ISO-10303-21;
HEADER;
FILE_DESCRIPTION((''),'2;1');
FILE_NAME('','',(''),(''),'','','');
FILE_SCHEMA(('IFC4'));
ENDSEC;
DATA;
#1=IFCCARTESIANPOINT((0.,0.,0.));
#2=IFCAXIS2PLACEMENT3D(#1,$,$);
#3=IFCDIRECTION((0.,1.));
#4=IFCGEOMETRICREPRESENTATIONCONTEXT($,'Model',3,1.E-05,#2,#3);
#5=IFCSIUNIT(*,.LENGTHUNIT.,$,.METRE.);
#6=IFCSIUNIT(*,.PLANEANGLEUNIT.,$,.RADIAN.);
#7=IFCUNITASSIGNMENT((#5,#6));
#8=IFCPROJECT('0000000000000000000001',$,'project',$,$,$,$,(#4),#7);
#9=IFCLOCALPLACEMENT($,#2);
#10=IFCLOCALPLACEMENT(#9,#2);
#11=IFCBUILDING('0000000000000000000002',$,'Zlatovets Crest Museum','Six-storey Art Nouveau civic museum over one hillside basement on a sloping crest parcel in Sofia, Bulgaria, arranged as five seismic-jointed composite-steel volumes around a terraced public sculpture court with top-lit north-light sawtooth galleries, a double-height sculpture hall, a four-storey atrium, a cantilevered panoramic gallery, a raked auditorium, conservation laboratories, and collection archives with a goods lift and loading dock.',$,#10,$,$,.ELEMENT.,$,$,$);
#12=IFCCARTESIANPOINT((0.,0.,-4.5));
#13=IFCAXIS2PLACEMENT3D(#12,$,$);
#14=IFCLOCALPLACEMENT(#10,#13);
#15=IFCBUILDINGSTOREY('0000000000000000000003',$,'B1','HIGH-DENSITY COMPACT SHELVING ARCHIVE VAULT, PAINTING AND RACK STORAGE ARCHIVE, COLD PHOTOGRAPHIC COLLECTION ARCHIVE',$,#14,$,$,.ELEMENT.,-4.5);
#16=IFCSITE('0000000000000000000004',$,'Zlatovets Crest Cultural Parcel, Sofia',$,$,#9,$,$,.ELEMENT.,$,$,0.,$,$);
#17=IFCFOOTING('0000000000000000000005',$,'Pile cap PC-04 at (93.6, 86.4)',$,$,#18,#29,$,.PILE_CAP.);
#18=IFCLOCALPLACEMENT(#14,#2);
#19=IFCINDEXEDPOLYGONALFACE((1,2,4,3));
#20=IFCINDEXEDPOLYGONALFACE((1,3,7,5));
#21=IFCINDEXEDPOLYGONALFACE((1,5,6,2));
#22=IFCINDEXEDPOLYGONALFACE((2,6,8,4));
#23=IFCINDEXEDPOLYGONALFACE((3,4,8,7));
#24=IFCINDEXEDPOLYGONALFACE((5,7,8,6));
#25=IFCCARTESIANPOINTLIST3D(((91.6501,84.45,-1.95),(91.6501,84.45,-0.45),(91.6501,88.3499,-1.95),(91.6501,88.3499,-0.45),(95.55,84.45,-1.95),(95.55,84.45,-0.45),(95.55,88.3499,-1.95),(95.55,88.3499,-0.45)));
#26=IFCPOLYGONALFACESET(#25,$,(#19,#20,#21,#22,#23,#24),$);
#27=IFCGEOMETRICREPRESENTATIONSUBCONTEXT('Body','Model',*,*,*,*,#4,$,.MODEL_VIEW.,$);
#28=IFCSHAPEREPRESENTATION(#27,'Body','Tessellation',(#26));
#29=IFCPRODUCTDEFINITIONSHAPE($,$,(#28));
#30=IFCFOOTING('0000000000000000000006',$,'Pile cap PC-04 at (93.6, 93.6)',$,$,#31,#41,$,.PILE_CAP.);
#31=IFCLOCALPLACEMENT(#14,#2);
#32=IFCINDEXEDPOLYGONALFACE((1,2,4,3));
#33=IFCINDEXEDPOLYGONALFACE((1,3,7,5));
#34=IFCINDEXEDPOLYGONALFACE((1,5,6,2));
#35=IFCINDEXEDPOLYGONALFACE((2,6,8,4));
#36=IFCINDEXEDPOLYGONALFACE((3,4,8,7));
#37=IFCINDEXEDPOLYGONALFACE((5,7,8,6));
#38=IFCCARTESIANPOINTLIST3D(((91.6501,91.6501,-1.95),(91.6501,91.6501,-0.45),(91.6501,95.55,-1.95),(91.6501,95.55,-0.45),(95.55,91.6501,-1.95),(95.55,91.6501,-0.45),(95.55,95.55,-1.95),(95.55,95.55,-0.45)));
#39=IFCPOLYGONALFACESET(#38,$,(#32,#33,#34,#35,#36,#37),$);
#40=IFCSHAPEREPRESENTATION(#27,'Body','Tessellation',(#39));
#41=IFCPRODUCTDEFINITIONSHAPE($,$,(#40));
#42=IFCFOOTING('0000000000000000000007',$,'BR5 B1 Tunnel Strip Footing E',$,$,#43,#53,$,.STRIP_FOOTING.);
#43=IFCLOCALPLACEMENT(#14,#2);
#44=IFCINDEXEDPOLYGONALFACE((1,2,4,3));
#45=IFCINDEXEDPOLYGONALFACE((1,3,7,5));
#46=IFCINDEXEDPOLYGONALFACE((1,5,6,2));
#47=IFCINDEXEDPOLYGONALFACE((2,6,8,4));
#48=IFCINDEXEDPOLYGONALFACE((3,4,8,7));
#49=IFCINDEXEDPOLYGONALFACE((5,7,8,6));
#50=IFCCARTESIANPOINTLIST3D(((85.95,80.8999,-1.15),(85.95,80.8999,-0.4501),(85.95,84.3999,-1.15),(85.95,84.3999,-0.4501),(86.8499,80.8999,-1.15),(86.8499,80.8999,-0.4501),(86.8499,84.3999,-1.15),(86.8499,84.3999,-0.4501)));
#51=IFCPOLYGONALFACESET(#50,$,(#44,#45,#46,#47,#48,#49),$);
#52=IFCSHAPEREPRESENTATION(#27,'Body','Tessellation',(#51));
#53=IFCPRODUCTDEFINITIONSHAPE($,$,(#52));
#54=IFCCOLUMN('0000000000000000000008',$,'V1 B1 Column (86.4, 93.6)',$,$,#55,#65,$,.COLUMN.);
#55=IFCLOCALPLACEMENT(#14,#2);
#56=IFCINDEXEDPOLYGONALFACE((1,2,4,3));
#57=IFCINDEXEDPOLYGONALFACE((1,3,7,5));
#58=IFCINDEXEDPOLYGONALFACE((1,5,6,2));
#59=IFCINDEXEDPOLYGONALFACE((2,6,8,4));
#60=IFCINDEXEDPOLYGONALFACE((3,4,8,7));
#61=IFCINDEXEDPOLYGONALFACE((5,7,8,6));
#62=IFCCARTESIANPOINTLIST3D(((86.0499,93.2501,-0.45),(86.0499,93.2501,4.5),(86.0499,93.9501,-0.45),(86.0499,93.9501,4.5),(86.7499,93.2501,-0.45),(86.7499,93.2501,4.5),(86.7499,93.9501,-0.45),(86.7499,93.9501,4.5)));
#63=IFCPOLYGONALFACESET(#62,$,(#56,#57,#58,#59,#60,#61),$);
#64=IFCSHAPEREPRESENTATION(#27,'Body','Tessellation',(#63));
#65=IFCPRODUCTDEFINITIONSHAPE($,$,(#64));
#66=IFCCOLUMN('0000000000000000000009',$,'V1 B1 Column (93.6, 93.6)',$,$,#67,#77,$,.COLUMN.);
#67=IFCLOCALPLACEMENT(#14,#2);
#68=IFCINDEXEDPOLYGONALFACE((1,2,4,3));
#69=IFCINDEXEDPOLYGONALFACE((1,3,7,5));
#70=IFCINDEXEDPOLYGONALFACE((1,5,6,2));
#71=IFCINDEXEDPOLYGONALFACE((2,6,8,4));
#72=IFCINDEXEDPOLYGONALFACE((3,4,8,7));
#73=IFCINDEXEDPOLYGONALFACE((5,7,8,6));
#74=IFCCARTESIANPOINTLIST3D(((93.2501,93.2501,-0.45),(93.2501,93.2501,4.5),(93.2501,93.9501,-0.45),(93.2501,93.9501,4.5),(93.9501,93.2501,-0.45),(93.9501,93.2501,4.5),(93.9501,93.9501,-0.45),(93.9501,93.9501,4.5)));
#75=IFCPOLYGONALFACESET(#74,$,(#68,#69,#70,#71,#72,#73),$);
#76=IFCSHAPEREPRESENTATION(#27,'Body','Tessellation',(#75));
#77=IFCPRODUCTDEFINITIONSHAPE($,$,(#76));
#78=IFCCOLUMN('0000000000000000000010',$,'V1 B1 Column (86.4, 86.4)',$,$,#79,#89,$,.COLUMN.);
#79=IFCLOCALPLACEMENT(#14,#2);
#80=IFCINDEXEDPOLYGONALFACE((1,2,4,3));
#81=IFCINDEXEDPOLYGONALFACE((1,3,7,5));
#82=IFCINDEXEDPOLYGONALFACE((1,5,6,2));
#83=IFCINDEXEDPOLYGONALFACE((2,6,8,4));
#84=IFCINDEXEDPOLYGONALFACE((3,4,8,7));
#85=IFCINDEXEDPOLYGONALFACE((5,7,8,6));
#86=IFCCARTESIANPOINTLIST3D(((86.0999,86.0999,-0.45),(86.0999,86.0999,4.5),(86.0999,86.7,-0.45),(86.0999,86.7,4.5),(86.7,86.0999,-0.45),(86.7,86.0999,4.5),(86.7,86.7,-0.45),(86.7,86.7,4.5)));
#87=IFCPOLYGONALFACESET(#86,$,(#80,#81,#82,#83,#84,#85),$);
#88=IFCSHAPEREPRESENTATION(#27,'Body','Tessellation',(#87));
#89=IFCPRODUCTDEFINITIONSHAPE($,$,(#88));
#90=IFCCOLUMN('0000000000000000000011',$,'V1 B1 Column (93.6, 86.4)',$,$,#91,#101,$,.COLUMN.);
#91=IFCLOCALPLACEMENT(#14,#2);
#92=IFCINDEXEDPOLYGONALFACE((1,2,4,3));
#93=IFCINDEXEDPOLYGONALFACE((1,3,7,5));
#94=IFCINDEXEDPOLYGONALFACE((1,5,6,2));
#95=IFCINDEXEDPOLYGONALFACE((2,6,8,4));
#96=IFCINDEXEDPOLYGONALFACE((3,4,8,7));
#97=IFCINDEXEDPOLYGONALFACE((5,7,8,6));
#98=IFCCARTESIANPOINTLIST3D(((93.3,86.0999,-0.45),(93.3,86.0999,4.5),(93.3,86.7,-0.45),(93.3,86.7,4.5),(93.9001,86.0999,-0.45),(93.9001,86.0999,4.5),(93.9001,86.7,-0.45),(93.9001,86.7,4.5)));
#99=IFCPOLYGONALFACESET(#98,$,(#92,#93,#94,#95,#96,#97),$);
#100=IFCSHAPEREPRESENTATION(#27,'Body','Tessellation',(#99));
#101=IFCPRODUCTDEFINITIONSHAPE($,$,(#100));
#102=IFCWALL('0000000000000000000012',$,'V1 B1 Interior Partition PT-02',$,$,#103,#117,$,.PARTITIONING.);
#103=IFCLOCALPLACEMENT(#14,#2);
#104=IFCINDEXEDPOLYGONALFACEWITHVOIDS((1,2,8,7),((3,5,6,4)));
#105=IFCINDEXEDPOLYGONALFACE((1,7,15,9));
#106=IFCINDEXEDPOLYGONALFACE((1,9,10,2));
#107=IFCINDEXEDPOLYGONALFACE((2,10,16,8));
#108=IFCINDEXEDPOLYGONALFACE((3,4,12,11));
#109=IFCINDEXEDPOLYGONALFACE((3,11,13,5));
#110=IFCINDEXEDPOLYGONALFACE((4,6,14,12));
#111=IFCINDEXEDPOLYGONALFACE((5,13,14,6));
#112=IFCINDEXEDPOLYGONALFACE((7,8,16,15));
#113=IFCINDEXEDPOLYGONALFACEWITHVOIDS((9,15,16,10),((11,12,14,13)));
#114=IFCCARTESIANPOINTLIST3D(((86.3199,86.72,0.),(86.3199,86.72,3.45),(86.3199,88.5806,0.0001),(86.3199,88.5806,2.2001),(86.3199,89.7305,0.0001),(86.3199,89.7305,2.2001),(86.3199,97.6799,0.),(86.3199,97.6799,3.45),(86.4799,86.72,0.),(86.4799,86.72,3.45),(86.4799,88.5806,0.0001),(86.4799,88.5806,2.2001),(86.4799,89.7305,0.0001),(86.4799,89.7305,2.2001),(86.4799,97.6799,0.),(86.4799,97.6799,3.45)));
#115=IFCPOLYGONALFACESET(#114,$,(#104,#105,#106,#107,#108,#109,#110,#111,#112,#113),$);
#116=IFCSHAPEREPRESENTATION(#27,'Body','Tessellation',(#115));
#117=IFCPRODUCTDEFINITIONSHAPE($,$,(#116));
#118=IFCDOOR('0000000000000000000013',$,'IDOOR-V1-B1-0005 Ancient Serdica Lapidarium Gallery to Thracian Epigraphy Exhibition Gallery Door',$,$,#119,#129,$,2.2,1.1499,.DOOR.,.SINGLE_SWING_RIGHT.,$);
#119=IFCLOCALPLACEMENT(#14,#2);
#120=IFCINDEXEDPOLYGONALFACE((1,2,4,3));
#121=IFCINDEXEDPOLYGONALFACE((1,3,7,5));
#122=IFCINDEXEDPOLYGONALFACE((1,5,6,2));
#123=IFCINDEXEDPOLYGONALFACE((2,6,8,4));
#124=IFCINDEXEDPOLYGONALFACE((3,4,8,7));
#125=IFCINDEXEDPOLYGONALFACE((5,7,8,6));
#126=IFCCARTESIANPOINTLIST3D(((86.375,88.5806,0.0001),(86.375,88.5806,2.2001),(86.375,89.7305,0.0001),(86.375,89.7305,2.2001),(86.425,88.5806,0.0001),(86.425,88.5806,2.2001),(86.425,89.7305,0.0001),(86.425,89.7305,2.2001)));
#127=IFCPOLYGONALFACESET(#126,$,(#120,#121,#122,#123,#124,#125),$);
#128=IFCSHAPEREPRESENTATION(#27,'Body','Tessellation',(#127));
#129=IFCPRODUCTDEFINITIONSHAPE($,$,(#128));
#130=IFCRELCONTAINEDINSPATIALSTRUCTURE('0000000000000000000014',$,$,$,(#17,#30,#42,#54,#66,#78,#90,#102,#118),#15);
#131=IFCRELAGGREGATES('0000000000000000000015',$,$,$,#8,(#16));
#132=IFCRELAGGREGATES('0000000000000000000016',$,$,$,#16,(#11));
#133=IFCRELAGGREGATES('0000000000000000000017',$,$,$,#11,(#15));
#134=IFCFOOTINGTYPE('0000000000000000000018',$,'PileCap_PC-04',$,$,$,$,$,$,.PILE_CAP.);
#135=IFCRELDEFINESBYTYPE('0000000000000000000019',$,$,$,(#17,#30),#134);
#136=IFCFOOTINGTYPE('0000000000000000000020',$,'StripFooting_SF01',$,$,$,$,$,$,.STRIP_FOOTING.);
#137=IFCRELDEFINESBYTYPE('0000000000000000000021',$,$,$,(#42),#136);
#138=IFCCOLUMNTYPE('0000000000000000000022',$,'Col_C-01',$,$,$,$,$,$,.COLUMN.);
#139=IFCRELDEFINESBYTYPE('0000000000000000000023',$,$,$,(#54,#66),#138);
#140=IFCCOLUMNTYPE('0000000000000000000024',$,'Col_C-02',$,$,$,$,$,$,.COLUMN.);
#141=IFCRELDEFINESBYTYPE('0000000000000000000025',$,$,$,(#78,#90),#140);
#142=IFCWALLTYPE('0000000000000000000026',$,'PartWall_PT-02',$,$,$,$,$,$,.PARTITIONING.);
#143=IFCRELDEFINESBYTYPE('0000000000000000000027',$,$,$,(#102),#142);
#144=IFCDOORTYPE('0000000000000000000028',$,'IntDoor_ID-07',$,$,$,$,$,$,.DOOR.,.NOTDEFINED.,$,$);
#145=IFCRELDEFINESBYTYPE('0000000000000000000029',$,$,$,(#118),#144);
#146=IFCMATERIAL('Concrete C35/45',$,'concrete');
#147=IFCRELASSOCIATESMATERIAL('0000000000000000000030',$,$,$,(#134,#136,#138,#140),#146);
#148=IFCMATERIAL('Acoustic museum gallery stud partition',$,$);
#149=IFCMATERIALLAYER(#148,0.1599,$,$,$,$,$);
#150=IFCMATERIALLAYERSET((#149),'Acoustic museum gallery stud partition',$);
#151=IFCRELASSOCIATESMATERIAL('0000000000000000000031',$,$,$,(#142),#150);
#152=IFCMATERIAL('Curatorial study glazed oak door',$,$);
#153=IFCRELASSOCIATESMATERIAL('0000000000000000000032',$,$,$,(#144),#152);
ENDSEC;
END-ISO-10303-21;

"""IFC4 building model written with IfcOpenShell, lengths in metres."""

from ifc_helpers import new_model, si_unit, direction, frame, frame_2d, origin, origin_2d, place, context, subcontext, project, spatial, rectangle, extrude, material, layer, layer_set, material_profile, profile_set, type_object, element, fill, save


model = new_model("IFC4")

# Units and contexts
model_context = context("Model", 3, precision=1e-05, world=origin(), true_north=direction((0.0, 1.0)))
body_context = subcontext(model_context, "Body", "Model", "MODEL_VIEW")
ifc_project = project(units=[si_unit("LENGTHUNIT", "METRE"), si_unit("PLANEANGLEUNIT", "RADIAN")], contexts=[model_context])

# Site, building, storey
site_placement = place(None, origin())
site = spatial("IfcSite", under=ifc_project, at=site_placement, Name="Zlatovets Crest Cultural Parcel, Sofia", CompositionType="ELEMENT", RefElevation=0.0)
building_placement = place(site_placement, origin())
building = spatial("IfcBuilding", under=site, at=building_placement, Name="Zlatovets Crest Museum", Description="Six-storey Art Nouveau civic museum over one hillside basement on a sloping crest parcel in Sofia, Bulgaria, arranged as five seismic-jointed composite-steel volumes around a terraced public sculpture court with top-lit north-light sawtooth galleries, a double-height sculpture hall, a four-storey atrium, a cantilevered panoramic gallery, a raked auditorium, conservation laboratories, and collection archives with a goods lift and loading dock.", CompositionType="ELEMENT")
storey_placement = place(building_placement, frame((0.0, 0.0, -4.5)))
storey = spatial("IfcBuildingStorey", under=building, at=storey_placement, Name="B1", Description="HIGH-DENSITY COMPACT SHELVING ARCHIVE VAULT, PAINTING AND RACK STORAGE ARCHIVE, COLD PHOTOGRAPHIC COLLECTION ARCHIVE", CompositionType="ELEMENT", Elevation=-4.5)

# Shared definitions
ifc_material_1 = material(Name="Concrete C35/45", Category="concrete")

# Footings
footing_type_1 = type_object("IfcFootingType", Name="PileCap_PC-04", PredefinedType="PILE_CAP", material=ifc_material_1)
for number, where, z_axis, x_axis, name in (
    (1, (93.6001, 86.3999, -1.95), (0.0, 0.0, 1.0), (1.0, 0.0, 0.0), "Pile cap PC-04 at (93.6, 86.4)"),
    (2, (93.6001, 93.6001, -1.95), (0.0, 0.0, 1.0), (1.0, 0.0, 0.0), "Pile cap PC-04 at (93.6, 93.6)"),
):
    element("IfcFooting", number, at=place(storey_placement, frame(where, z_axis=z_axis, x_axis=x_axis)), inside=storey, type_object=footing_type_1, Name=name, PredefinedType="PILE_CAP", context=body_context, shape_type="SweptSolid", body=[
        extrude(rectangle(XDim=3.8999, YDim=3.8999, at=origin_2d()), origin(), (0.0, 0.0, 1.0), 1.5),
    ])
ifc_material_profile_1 = material_profile(ifc_material_1, rectangle(XDim=0.8999, YDim=0.7, at=origin_2d()), Name="RC 900x700")
ifc_profile_set_1 = profile_set([ifc_material_profile_1], Name="Concrete C35/45")
footing_type_2 = type_object("IfcFootingType", Name="StripFooting_SF01", PredefinedType="STRIP_FOOTING", material=ifc_profile_set_1)
footing_1_placement = place(storey_placement, frame((86.3999, 80.8999, -0.8), z_axis=(0.0, 1.0, 0.0), x_axis=(-1.0, 0.0, 0.0)))
element("IfcFooting", 3, at=footing_1_placement, inside=storey, type_object=footing_type_2, Name="BR5 B1 Tunnel Strip Footing E", PredefinedType="STRIP_FOOTING", context=body_context, shape_type="SweptSolid", body=[
    extrude(rectangle(XDim=0.8999, YDim=0.7, at=origin_2d()), origin(), (0.0, 0.0, 1.0), 3.5),
])

# Columns
ifc_material_profile_2 = material_profile(ifc_material_1, rectangle(XDim=0.7, YDim=0.7, at=origin_2d()), Name="RC 700x700")
ifc_profile_set_2 = profile_set([ifc_material_profile_2], Name="Concrete C35/45")
column_type_1 = type_object("IfcColumnType", Name="Col_C-01", PredefinedType="COLUMN", material=ifc_profile_set_2)
for number, where, z_axis, x_axis, name in (
    (4, (86.3999, 93.6001, -0.45), (0.0, 0.0, 1.0), (0.0, 1.0, 0.0), "V1 B1 Column (86.4, 93.6)"),
    (5, (93.6001, 93.6001, -0.45), (0.0, 0.0, 1.0), (1.0, 0.0, 0.0), "V1 B1 Column (93.6, 93.6)"),
):
    element("IfcColumn", number, at=place(storey_placement, frame(where, z_axis=z_axis, x_axis=x_axis)), inside=storey, type_object=column_type_1, Name=name, PredefinedType="COLUMN", context=body_context, shape_type="SweptSolid", body=[
        extrude(rectangle(XDim=0.7, YDim=0.7, at=origin_2d()), origin(), (0.0, 0.0, 1.0), 4.95),
    ])
ifc_material_profile_3 = material_profile(ifc_material_1, rectangle(XDim=0.6001, YDim=0.6001, at=origin_2d()), Name="RC 600x600")
ifc_profile_set_3 = profile_set([ifc_material_profile_3], Name="Concrete C35/45")
column_type_2 = type_object("IfcColumnType", Name="Col_C-02", PredefinedType="COLUMN", material=ifc_profile_set_3)
for number, where, z_axis, x_axis, name in (
    (6, (86.3999, 86.3999, -0.45), (0.0, 0.0, 1.0), (1.0, 0.0, 0.0), "V1 B1 Column (86.4, 86.4)"),
    (7, (93.6001, 86.3999, -0.45), (0.0, 0.0, 1.0), (0.0, 1.0, 0.0), "V1 B1 Column (93.6, 86.4)"),
):
    element("IfcColumn", number, at=place(storey_placement, frame(where, z_axis=z_axis, x_axis=x_axis)), inside=storey, type_object=column_type_2, Name=name, PredefinedType="COLUMN", context=body_context, shape_type="SweptSolid", body=[
        extrude(rectangle(XDim=0.6001, YDim=0.6001, at=origin_2d()), origin(), (0.0, 0.0, 1.0), 4.95),
    ])

# Wall, opening, door
ifc_material_2 = material(Name="Acoustic museum gallery stud partition")
ifc_layer = layer(ifc_material_2, 0.1599)
ifc_layer_set = layer_set([ifc_layer], Name="Acoustic museum gallery stud partition")
wall_type = type_object("IfcWallType", Name="PartWall_PT-02", PredefinedType="PARTITIONING", material=ifc_layer_set)
wall_placement = place(storey_placement, frame((86.3999, 86.72, 0.0), z_axis=(0.0, 0.0, 1.0), x_axis=(0.0, 1.0, 0.0)))
wall = element("IfcWall", 8, at=wall_placement, inside=storey, type_object=wall_type, Name="V1 B1 Interior Partition PT-02", PredefinedType="PARTITIONING", context=body_context, shape_type="SweptSolid", body=[
    extrude(rectangle(XDim=10.96, YDim=0.1599, at=frame_2d((5.48, 0.0))), origin(), (0.0, 0.0, 1.0), 3.45),
])
opening_placement = place(wall_placement, frame((1.8606, 0.0, 0.0)))
opening = element("IfcOpeningElement", 9, at=opening_placement, cuts=wall, PredefinedType="OPENING", context=body_context, shape_type="SweptSolid", body=[
    extrude(rectangle(XDim=1.1499, YDim=2.2, at=frame_2d((0.575, 1.1001))), frame((0.0, 0.0898, 0.0), z_axis=(0.0, -1.0, 0.0), x_axis=(1.0, 0.0, 0.0)), (0.0, 0.0, 1.0), 0.1799),
])
ifc_material_3 = material(Name="Curatorial study glazed oak door")
door_type = type_object("IfcDoorType", Name="IntDoor_ID-07", OperationType="NOTDEFINED", PredefinedType="DOOR", material=ifc_material_3)
door_placement = place(opening_placement, origin())
door = element("IfcDoor", 10, at=door_placement, inside=storey, type_object=door_type, Name="IDOOR-V1-B1-0005 Ancient Serdica Lapidarium Gallery to Thracian Epigraphy Exhibition Gallery Door", OperationType="SINGLE_SWING_RIGHT", OverallHeight=2.2, OverallWidth=1.1499, PredefinedType="DOOR", context=body_context, shape_type="SweptSolid", body=[
    extrude(rectangle(XDim=1.1499, YDim=2.2, at=frame_2d((0.575, 1.1001))), frame((0.0, 0.0249, 0.0), z_axis=(0.0, -1.0, 0.0), x_axis=(1.0, 0.0, 0.0)), (0.0, 0.0, 1.0), 0.05),
])
fill(opening, door)

save(model, "model.ifc")
